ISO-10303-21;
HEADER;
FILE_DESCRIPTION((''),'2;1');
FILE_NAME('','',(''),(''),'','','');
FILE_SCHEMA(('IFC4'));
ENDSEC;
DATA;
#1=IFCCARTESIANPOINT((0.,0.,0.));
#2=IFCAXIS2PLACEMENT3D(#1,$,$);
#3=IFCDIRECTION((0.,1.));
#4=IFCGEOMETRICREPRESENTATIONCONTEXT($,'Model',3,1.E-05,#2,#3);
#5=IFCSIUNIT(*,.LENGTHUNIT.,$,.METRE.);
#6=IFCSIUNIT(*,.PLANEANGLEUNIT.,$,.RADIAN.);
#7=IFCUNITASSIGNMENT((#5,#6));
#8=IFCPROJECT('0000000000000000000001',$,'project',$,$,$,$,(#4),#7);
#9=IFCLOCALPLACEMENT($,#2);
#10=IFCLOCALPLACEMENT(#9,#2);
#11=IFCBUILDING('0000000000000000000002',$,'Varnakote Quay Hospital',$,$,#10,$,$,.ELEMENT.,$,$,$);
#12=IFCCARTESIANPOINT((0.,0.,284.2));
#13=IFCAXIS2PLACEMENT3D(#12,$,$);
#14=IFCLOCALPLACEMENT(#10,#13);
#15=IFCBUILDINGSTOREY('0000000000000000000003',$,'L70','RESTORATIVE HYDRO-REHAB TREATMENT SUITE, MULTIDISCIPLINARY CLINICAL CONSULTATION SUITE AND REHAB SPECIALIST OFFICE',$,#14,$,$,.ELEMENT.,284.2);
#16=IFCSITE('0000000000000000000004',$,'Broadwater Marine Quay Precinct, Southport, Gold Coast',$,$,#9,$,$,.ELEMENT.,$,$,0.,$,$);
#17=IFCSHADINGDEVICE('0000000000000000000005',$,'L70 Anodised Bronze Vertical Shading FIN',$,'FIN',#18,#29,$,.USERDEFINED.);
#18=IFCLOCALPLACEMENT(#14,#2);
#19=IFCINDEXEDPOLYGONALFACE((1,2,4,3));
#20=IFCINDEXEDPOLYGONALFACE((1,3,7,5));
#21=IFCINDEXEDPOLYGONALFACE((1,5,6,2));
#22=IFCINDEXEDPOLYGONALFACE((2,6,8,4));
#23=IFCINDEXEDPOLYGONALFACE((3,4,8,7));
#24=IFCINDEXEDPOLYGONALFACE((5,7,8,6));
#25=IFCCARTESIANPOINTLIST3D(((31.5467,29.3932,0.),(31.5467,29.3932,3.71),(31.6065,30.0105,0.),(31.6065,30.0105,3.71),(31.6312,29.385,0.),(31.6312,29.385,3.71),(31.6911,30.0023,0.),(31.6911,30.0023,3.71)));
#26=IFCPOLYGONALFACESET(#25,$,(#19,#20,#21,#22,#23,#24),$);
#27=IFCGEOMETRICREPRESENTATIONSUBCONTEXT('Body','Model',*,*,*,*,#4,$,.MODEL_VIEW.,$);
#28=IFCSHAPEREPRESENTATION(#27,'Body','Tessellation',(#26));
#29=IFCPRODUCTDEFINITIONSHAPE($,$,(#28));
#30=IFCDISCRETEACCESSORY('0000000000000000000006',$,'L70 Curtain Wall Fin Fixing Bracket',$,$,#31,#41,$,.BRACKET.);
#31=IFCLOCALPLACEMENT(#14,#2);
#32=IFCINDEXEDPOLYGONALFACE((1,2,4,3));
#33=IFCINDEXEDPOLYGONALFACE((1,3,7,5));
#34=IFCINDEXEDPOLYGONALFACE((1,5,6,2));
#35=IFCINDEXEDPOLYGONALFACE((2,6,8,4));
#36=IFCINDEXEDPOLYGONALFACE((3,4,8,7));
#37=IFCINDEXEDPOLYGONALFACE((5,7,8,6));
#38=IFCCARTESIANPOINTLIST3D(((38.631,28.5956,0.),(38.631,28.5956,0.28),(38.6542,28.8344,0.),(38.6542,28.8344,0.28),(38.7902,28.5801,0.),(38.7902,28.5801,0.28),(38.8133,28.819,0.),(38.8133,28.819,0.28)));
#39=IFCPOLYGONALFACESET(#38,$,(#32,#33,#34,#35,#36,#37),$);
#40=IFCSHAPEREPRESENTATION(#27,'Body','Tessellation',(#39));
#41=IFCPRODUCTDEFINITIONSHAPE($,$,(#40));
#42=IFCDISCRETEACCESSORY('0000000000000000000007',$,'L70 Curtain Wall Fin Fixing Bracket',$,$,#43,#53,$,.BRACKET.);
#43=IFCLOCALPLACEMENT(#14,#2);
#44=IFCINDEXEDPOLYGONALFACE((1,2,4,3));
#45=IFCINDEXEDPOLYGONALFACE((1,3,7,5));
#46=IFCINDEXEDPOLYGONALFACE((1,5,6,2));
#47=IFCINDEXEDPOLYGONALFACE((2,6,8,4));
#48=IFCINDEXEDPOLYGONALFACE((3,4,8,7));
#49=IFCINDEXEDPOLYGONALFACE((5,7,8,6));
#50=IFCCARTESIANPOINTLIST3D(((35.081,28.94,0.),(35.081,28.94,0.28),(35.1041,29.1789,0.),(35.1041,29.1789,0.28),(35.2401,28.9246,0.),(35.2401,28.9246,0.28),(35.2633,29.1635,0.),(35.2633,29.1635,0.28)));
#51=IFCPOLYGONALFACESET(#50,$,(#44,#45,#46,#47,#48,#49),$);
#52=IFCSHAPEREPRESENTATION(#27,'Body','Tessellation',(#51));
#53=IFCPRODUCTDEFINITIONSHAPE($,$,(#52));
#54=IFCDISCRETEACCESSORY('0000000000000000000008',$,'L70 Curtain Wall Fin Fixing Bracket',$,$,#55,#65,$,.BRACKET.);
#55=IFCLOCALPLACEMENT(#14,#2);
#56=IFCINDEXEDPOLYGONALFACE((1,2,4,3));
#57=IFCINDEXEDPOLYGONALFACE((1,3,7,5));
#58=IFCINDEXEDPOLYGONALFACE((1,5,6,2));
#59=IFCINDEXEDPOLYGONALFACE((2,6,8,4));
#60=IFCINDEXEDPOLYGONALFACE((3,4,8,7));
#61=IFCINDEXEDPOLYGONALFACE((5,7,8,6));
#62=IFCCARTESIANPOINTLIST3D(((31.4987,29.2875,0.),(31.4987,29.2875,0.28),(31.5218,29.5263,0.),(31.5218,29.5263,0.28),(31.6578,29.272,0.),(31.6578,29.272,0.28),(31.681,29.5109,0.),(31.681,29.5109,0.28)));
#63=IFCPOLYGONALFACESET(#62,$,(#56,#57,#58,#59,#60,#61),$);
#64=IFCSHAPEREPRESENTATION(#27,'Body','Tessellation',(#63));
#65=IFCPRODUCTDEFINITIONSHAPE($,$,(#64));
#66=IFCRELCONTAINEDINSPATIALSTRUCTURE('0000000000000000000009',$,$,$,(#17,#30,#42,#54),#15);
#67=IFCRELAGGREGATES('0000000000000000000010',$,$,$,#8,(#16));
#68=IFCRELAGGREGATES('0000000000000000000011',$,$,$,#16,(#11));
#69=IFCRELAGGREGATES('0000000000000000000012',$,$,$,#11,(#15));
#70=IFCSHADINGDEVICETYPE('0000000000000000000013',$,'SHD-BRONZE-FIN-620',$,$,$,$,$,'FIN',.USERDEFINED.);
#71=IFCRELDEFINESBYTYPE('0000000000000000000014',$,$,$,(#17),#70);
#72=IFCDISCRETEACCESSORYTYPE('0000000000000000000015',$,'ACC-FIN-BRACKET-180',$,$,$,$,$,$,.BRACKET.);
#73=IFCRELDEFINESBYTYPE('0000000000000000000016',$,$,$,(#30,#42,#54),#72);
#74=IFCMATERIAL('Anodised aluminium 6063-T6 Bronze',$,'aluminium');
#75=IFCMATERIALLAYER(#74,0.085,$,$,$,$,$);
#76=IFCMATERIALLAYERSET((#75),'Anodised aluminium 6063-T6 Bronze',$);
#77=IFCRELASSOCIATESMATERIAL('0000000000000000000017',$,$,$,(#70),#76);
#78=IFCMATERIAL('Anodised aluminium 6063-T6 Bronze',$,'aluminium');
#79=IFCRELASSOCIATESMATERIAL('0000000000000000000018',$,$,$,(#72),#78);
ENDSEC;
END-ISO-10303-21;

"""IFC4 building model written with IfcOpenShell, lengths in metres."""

from ifc_helpers import new_model, si_unit, direction, frame, origin, origin_2d, place, context, subcontext, project, spatial, rectangle, extrude, material, layer, layer_set, type_object, element, save


model = new_model("IFC4")

# Units and contexts
model_context = context("Model", 3, precision=1e-05, world=origin(), true_north=direction((0.0, 1.0)))
body_context = subcontext(model_context, "Body", "Model", "MODEL_VIEW")
ifc_project = project(units=[si_unit("LENGTHUNIT", "METRE"), si_unit("PLANEANGLEUNIT", "RADIAN")], contexts=[model_context])

# Site, building, storey
site_placement = place(None, origin())
site = spatial("IfcSite", under=ifc_project, at=site_placement, Name="Broadwater Marine Quay Precinct, Southport, Gold Coast", CompositionType="ELEMENT", RefElevation=0.0)
building_placement = place(site_placement, origin())
building = spatial("IfcBuilding", under=site, at=building_placement, Name="Varnakote Quay Hospital", CompositionType="ELEMENT")
storey_placement = place(building_placement, frame((0.0, 0.0, 284.2)))
storey = spatial("IfcBuildingStorey", under=building, at=storey_placement, Name="L70", Description="RESTORATIVE HYDRO-REHAB TREATMENT SUITE, MULTIDISCIPLINARY CLINICAL CONSULTATION SUITE AND REHAB SPECIALIST OFFICE", CompositionType="ELEMENT", Elevation=284.2)

# Shading device
ifc_material_1 = material(Name="Anodised aluminium 6063-T6 Bronze", Category="aluminium")
ifc_layer_1 = layer(ifc_material_1, 0.085)
ifc_layer_set_1 = layer_set([ifc_layer_1], Name="Anodised aluminium 6063-T6 Bronze")
shading_device_type = type_object("IfcShadingDeviceType", Name="SHD-BRONZE-FIN-620", ElementType="FIN", PredefinedType="USERDEFINED", material=ifc_layer_set_1)
for number, where, z_axis, x_axis, name in (
    (1, (31.6189, 29.6978, 0.0), (0.0, 0.0, 1.0), (-0.096541, -0.995329, 0.0), "L70 Anodised Bronze Vertical Shading FIN"),
):
    element("IfcShadingDevice", number, at=place(storey_placement, frame(where, z_axis=z_axis, x_axis=x_axis)), inside=storey, type_object=shading_device_type, Name=name, ObjectType="FIN", PredefinedType="USERDEFINED", context=body_context, shape_type="SweptSolid", body=[
        extrude(rectangle(XDim=0.6201, YDim=0.085, at=origin_2d()), origin(), (0.0, 0.0, 1.0), 3.71),
    ])

# Discrete accessories
ifc_material_2 = material(Name="Anodised aluminium 6063-T6 Bronze", Category="aluminium")
discrete_accessory_type = type_object("IfcDiscreteAccessoryType", Name="ACC-FIN-BRACKET-180", PredefinedType="BRACKET", material=ifc_material_2)
for number, where, z_axis, x_axis, name in (
    (2, (38.7222, 28.7073, 0.0), (0.0, 0.0, 1.0), (-0.995329, 0.096541, 0.0), "L70 Curtain Wall Fin Fixing Bracket"),
    (3, (35.1721, 29.0518, 0.0), (0.0, 0.0, 1.0), (-0.995329, 0.096541, 0.0), "L70 Curtain Wall Fin Fixing Bracket"),
    (4, (31.5898, 29.3992, 0.0), (0.0, 0.0, 1.0), (-0.995329, 0.096541, 0.0), "L70 Curtain Wall Fin Fixing Bracket"),
):
    element("IfcDiscreteAccessory", number, at=place(storey_placement, frame(where, z_axis=z_axis, x_axis=x_axis)), inside=storey, type_object=discrete_accessory_type, Name=name, PredefinedType="BRACKET", context=body_context, shape_type="SweptSolid", body=[
        extrude(rectangle(XDim=0.1599, YDim=0.24, at=origin_2d()), origin(), (0.0, 0.0, 1.0), 0.28),
    ])

save(model, "model.ifc")
